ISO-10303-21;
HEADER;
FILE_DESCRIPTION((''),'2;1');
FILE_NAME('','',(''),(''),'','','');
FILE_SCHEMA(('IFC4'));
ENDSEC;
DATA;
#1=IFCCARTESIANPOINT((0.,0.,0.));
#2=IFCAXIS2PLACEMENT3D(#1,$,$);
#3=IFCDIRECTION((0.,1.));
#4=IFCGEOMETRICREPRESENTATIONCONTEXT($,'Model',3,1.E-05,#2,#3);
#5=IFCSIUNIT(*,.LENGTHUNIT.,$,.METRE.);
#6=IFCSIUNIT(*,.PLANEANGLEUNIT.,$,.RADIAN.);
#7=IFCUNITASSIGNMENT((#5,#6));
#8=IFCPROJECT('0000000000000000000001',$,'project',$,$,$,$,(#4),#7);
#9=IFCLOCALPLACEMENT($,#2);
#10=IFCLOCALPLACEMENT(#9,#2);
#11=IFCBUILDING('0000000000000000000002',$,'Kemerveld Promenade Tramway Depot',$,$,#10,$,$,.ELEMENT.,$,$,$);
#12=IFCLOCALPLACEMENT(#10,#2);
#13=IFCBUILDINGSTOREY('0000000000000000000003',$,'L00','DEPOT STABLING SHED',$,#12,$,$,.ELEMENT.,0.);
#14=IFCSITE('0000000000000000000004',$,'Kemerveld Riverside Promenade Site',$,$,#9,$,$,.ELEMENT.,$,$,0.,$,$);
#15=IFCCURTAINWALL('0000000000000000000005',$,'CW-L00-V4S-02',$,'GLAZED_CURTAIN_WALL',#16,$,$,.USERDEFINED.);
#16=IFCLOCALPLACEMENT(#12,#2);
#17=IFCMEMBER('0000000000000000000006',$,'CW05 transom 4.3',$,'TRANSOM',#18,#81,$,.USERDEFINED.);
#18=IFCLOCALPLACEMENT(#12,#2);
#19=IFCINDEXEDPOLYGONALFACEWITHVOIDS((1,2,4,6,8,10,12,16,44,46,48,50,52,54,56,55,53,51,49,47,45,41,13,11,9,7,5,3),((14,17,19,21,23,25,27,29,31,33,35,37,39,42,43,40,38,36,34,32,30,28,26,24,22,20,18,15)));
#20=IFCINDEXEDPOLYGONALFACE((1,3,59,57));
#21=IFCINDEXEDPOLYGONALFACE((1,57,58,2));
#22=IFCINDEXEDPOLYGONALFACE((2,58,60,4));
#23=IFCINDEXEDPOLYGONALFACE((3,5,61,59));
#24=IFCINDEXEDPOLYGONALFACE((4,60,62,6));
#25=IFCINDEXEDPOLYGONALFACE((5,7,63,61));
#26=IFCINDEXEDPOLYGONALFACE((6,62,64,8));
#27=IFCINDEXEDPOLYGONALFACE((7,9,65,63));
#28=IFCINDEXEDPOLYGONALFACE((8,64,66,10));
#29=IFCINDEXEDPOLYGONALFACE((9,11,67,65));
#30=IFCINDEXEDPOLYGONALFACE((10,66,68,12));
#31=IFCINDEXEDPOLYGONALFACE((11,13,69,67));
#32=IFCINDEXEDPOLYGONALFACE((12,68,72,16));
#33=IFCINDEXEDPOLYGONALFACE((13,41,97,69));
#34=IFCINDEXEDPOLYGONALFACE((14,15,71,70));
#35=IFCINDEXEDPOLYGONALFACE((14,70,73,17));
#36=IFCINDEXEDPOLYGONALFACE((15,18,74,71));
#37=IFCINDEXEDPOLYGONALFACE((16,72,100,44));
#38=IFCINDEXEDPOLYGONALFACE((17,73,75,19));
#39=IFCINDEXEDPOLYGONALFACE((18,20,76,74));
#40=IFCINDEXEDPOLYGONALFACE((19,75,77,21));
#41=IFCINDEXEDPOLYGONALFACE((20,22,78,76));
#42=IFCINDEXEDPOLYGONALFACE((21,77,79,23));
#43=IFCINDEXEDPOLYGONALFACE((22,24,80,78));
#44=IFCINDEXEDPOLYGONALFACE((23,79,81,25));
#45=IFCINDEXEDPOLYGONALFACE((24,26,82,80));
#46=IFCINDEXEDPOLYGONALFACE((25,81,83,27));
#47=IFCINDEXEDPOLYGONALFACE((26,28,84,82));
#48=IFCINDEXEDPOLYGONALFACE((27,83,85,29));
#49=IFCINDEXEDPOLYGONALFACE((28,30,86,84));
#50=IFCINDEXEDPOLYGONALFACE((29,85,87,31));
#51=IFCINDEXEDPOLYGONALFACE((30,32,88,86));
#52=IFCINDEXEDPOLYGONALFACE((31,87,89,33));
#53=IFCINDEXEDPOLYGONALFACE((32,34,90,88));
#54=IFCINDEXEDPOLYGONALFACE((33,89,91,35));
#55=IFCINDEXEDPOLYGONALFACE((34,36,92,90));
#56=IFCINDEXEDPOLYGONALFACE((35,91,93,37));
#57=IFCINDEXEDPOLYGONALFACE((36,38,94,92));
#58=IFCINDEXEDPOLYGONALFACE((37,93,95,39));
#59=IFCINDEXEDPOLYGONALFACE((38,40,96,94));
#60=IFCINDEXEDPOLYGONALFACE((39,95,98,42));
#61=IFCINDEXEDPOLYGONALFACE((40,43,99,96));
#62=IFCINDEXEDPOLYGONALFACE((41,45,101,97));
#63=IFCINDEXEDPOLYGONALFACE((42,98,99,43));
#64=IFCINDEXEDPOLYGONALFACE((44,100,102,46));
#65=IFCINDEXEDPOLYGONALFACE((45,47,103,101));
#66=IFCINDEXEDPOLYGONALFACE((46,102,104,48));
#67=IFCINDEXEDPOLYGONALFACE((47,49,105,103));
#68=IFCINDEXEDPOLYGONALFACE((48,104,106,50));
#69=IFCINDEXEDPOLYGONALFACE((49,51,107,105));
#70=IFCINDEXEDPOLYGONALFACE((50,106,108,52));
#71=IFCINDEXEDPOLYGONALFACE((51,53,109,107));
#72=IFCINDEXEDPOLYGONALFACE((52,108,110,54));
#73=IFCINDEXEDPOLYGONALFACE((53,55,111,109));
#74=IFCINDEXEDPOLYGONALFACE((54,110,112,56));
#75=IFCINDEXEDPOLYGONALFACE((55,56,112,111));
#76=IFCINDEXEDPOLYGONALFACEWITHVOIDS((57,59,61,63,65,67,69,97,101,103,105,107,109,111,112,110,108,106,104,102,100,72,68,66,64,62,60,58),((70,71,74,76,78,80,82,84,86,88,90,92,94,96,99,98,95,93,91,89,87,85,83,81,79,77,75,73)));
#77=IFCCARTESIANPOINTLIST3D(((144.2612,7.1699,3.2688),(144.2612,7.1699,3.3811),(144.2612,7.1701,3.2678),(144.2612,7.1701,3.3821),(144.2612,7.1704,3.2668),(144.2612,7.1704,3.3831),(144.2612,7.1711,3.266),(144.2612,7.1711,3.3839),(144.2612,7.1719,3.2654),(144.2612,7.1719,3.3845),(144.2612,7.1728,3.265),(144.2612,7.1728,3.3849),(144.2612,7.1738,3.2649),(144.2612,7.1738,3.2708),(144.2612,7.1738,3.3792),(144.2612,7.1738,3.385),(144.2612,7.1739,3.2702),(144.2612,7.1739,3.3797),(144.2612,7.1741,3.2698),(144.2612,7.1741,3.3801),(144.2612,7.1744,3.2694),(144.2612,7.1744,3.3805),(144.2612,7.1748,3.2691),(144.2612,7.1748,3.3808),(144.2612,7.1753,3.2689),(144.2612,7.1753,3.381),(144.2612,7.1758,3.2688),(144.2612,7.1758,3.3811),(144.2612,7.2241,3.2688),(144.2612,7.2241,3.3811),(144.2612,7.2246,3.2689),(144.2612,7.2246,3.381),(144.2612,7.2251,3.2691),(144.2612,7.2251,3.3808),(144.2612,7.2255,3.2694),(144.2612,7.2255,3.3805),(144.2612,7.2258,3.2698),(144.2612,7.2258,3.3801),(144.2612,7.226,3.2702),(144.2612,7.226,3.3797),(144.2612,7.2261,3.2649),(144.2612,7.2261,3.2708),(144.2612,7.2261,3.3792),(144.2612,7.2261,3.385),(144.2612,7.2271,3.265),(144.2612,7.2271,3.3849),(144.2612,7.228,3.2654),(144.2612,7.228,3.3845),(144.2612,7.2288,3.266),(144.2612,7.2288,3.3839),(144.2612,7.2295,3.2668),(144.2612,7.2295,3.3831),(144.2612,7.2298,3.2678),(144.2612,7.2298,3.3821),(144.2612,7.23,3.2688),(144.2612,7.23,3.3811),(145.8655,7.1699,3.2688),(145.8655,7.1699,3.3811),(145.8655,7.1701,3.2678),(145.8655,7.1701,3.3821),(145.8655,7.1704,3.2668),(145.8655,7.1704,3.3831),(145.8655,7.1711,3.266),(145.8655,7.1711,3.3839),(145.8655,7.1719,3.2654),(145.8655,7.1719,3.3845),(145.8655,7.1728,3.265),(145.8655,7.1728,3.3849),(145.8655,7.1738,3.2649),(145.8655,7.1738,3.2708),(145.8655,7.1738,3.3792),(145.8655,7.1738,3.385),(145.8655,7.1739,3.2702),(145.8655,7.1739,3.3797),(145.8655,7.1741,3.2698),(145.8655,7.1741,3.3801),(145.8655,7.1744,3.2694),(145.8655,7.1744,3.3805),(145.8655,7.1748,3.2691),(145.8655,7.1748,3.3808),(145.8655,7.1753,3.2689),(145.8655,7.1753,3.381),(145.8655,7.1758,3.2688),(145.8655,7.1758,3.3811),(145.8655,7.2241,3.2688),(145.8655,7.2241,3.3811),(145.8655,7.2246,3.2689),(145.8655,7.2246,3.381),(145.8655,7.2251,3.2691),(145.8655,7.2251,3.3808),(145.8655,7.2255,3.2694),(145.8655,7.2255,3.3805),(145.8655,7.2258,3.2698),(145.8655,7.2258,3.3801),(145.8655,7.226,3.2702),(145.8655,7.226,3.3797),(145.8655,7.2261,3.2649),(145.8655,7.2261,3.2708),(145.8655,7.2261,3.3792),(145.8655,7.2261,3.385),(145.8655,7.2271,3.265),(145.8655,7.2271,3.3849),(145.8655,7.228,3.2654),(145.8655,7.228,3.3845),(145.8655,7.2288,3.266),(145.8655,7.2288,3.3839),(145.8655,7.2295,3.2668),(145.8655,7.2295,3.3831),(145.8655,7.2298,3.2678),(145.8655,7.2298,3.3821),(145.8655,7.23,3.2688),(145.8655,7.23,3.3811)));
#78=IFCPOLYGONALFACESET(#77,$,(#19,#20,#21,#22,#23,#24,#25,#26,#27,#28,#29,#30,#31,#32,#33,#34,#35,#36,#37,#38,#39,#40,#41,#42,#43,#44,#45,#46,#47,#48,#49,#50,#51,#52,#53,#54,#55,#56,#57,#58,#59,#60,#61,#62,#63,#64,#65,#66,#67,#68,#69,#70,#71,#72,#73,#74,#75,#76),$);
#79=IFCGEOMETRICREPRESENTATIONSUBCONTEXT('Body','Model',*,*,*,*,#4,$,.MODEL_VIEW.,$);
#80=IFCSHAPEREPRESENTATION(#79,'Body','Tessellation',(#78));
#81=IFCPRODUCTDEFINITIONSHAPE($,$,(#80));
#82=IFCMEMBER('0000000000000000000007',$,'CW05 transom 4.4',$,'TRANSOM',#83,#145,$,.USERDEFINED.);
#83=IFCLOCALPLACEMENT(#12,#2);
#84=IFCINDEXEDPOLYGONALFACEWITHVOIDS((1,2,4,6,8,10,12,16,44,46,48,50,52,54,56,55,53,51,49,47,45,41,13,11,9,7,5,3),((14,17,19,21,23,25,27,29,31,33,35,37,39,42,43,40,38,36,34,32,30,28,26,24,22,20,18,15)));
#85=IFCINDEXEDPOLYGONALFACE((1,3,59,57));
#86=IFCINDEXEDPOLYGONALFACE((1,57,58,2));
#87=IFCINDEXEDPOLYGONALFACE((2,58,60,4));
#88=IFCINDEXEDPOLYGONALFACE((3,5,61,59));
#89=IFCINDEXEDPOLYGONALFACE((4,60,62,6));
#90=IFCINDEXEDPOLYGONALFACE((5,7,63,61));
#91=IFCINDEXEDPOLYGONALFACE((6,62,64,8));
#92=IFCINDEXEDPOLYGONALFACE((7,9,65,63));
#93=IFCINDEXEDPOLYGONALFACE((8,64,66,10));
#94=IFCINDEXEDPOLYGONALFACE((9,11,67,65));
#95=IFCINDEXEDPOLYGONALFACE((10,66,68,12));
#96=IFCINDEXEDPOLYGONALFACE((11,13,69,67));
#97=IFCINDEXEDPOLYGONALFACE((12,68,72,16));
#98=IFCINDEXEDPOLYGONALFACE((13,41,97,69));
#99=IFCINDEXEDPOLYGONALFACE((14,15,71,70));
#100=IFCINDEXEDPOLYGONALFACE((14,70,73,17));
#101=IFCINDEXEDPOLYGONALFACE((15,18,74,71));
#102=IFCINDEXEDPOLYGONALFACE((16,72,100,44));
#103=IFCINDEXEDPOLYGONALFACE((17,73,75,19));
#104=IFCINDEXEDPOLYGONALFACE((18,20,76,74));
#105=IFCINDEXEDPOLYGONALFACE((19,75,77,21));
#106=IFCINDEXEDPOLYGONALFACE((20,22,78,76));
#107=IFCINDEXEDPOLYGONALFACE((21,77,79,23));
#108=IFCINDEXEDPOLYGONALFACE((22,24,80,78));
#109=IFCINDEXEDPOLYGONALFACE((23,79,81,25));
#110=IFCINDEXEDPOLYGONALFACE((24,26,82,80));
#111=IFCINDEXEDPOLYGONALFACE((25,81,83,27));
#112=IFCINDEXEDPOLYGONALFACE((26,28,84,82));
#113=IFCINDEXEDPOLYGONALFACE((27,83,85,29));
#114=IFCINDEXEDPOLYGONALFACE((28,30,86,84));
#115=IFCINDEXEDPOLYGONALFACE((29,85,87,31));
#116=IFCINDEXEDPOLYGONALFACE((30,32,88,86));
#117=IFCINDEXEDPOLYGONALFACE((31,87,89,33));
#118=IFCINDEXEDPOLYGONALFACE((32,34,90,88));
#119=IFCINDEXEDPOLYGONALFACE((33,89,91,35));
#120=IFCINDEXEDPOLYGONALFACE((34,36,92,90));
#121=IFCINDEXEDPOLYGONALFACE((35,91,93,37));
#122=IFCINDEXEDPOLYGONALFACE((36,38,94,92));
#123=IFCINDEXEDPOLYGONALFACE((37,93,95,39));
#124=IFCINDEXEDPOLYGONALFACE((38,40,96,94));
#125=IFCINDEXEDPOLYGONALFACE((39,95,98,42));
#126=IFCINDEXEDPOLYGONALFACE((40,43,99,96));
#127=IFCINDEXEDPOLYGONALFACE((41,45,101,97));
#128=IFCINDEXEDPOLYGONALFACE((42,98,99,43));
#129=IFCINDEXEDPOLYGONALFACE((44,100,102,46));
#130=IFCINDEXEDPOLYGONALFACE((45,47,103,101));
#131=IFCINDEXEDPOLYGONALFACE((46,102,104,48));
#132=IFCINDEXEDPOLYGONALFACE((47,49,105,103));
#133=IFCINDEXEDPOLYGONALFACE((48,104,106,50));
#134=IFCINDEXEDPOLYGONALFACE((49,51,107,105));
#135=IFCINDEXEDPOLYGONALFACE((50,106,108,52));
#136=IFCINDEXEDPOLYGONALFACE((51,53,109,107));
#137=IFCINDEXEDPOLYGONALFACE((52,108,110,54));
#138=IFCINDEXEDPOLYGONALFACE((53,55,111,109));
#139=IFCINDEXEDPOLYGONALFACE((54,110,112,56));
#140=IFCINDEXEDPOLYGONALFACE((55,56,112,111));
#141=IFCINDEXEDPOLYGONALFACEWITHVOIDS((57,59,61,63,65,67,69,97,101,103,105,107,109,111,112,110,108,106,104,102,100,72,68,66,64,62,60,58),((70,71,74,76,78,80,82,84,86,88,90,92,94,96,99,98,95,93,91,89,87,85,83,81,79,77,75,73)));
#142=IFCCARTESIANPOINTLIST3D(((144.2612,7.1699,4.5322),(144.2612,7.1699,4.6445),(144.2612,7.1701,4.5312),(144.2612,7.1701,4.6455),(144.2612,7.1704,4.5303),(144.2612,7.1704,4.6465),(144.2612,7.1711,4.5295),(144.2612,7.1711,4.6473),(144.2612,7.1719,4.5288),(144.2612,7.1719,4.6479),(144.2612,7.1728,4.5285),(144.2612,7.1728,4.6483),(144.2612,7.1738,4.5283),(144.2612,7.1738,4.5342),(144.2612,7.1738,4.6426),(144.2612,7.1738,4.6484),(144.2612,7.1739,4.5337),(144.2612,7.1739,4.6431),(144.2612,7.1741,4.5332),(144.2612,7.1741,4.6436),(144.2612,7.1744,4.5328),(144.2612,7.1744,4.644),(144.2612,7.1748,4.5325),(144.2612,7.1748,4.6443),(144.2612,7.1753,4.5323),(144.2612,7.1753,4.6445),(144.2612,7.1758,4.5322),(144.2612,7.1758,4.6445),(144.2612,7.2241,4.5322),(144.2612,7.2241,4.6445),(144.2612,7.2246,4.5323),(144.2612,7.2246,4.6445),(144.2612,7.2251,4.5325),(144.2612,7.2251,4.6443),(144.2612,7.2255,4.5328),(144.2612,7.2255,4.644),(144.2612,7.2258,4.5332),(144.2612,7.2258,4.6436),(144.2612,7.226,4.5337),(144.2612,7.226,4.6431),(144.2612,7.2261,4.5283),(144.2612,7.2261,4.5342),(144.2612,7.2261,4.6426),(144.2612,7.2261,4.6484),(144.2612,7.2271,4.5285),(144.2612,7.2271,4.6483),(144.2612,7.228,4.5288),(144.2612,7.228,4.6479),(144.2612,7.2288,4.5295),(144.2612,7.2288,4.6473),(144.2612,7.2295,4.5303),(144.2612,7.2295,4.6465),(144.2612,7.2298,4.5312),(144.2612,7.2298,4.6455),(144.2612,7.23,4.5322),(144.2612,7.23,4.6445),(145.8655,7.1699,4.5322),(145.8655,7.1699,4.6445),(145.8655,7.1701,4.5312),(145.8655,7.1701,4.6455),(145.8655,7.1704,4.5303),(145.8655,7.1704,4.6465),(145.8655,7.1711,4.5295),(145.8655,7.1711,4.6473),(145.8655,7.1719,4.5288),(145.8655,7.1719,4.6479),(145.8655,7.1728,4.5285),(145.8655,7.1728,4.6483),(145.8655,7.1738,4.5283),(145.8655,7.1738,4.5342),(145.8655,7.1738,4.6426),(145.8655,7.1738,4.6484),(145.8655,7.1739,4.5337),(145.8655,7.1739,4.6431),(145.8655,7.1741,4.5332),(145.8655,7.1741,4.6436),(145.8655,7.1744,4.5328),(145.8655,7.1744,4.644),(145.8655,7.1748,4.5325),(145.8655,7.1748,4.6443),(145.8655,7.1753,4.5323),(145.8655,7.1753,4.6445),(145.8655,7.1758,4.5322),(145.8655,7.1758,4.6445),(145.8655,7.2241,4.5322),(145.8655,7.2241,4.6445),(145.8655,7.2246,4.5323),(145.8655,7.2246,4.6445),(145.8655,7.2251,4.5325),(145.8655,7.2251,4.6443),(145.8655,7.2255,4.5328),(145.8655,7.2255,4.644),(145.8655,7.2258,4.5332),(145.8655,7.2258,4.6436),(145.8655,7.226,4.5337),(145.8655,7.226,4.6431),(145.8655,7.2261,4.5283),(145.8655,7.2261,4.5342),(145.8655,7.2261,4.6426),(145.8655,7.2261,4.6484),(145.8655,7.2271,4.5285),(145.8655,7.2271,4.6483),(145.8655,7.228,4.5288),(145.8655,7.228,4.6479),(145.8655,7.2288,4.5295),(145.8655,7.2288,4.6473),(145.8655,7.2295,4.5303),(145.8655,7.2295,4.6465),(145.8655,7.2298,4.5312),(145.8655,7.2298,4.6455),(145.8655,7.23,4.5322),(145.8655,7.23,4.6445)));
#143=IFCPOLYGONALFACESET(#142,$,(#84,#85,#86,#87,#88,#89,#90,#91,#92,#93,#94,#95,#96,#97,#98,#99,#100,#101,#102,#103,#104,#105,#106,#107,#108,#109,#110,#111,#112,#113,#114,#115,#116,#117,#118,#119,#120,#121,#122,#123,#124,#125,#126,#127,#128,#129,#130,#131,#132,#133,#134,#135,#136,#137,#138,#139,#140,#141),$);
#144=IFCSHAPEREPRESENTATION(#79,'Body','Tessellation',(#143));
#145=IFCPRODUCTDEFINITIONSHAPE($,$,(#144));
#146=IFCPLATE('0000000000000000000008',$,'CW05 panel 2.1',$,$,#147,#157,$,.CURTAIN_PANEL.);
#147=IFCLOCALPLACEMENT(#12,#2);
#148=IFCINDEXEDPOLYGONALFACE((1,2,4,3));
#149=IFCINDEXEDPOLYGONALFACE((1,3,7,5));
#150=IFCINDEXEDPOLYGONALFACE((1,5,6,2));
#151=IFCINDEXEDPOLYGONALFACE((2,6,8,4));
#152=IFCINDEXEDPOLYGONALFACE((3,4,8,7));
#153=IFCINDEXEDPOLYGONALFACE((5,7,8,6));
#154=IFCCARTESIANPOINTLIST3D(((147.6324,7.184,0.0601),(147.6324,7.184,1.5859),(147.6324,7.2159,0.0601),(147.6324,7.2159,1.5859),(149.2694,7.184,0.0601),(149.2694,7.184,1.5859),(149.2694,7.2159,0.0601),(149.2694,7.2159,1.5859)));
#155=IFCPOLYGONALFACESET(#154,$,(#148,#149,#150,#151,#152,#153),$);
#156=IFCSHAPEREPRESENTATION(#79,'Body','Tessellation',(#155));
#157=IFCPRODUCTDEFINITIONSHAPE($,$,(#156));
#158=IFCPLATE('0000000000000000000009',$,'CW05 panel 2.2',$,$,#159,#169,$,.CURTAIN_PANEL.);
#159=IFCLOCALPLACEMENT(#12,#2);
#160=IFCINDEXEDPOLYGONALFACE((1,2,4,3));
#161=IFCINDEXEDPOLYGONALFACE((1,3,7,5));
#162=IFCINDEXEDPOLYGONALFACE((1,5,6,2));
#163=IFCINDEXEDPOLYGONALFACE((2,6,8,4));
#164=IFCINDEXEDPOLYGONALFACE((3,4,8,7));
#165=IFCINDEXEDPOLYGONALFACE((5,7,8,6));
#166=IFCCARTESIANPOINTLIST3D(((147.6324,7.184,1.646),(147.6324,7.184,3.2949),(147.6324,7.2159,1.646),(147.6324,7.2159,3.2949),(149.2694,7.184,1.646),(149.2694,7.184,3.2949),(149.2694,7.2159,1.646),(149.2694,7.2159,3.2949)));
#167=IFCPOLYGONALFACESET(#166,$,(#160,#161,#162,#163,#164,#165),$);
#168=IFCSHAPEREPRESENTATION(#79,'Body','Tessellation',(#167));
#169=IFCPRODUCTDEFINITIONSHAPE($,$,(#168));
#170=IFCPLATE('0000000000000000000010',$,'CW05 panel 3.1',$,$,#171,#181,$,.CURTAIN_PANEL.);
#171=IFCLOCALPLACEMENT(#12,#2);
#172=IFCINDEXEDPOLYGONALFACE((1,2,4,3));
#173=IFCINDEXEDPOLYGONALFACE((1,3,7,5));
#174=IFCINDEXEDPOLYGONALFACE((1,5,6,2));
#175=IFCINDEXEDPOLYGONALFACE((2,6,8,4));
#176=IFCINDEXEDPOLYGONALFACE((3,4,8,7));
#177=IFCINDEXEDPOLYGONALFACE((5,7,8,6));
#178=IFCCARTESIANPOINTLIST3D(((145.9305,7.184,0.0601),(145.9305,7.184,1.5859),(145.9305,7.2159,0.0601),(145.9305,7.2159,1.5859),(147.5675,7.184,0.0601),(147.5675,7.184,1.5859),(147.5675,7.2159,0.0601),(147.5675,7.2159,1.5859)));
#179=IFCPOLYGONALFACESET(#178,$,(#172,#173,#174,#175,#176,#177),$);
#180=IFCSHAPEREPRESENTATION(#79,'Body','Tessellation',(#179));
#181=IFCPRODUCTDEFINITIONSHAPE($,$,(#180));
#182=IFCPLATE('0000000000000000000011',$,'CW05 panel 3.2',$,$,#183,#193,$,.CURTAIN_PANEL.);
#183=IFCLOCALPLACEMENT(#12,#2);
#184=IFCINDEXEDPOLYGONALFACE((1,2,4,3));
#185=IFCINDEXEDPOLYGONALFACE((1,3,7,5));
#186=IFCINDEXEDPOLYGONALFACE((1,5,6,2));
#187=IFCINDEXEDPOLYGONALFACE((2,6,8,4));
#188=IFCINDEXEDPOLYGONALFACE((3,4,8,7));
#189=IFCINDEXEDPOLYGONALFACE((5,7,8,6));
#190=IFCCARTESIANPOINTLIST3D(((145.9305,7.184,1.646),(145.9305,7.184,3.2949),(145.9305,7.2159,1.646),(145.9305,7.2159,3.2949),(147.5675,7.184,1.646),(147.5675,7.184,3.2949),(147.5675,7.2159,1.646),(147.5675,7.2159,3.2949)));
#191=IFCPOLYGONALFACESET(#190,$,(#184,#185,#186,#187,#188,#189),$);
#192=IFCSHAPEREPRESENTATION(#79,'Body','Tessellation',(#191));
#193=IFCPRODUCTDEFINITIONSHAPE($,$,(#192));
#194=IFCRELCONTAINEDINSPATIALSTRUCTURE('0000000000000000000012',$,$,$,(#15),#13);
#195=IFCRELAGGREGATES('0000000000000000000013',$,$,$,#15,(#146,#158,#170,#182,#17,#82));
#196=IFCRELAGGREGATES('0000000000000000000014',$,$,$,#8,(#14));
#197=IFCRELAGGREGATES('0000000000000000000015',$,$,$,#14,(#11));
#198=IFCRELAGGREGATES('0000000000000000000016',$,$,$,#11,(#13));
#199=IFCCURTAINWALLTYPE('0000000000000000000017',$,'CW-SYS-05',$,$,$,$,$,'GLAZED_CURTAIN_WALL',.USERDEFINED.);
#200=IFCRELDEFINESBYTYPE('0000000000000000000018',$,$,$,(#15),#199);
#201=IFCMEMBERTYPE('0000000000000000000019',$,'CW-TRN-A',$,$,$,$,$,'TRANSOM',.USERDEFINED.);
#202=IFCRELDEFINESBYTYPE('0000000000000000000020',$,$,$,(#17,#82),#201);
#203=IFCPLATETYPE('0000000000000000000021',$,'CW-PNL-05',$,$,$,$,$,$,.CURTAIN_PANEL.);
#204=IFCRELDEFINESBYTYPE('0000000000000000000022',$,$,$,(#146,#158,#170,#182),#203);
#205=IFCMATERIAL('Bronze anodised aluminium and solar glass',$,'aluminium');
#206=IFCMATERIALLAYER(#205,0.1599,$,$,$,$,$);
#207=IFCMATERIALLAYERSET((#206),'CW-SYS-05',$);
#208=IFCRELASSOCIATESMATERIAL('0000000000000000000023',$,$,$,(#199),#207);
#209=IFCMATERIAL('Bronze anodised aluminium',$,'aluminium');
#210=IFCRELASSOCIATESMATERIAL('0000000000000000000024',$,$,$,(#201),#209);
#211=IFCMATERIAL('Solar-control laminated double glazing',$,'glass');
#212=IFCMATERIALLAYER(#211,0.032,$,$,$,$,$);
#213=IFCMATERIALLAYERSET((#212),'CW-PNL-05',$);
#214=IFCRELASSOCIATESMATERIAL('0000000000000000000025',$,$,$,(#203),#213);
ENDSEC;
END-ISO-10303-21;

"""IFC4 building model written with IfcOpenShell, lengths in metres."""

from ifc_helpers import new_model, si_unit, direction, frame, origin, origin_2d, place, context, subcontext, project, spatial, rectangle, hollow_rectangle, extrude, material, layer, layer_set, material_profile, profile_set, type_object, element, aggregate, save


model = new_model("IFC4")

# Units and contexts
model_context = context("Model", 3, precision=1e-05, world=origin(), true_north=direction((0.0, 1.0)))
body_context = subcontext(model_context, "Body", "Model", "MODEL_VIEW")
ifc_project = project(units=[si_unit("LENGTHUNIT", "METRE"), si_unit("PLANEANGLEUNIT", "RADIAN")], contexts=[model_context])

# Site, building, storey
site_placement = place(None, origin())
site = spatial("IfcSite", under=ifc_project, at=site_placement, Name="Kemerveld Riverside Promenade Site", CompositionType="ELEMENT", RefElevation=0.0)
building_placement = place(site_placement, origin())
building = spatial("IfcBuilding", under=site, at=building_placement, Name="Kemerveld Promenade Tramway Depot", CompositionType="ELEMENT")
storey_placement = place(building_placement, origin())
storey = spatial("IfcBuildingStorey", under=building, at=storey_placement, Name="L00", Description="DEPOT STABLING SHED", CompositionType="ELEMENT", Elevation=0.0)

# Curtain wall, members, plates
ifc_material_1 = material(Name="Bronze anodised aluminium and solar glass", Category="aluminium")
ifc_layer_1 = layer(ifc_material_1, 0.1599)
ifc_layer_set_1 = layer_set([ifc_layer_1], Name="CW-SYS-05")
curtain_wall_type = type_object("IfcCurtainWallType", Name="CW-SYS-05", ElementType="GLAZED_CURTAIN_WALL", PredefinedType="USERDEFINED", material=ifc_layer_set_1)
curtain_wall_placement = place(storey_placement, origin())
curtain_wall = element("IfcCurtainWall", 1, at=curtain_wall_placement, inside=storey, type_object=curtain_wall_type, Name="CW-L00-V4S-02", ObjectType="GLAZED_CURTAIN_WALL", PredefinedType="USERDEFINED")
ifc_material_2 = material(Name="Bronze anodised aluminium", Category="aluminium")
ifc_material_profile_1 = material_profile(ifc_material_2, hollow_rectangle(XDim=0.0601, YDim=0.1201, WallThickness=0.0039, InnerFilletRadius=0.002, OuterFilletRadius=0.0039, at=origin_2d()), Name="CW-TRN-120x60")
ifc_profile_set_1 = profile_set([ifc_material_profile_1], Name="Bronze anodised aluminium")
member_type_1 = type_object("IfcMemberType", Name="CW-TRN-A", ElementType="TRANSOM", PredefinedType="USERDEFINED", material=ifc_profile_set_1)
member_1_placement = place(storey_placement, frame((145.8655, 7.2, 3.325), z_axis=(-1.0, 0.0, 0.0), x_axis=(0.0, -1.0, 0.0)))
member_1 = element("IfcMember", 2, at=member_1_placement, type_object=member_type_1, Name="CW05 transom 4.3", ObjectType="TRANSOM", PredefinedType="USERDEFINED", context=body_context, shape_type="SweptSolid", body=[
    extrude(hollow_rectangle(XDim=0.0601, YDim=0.1201, WallThickness=0.0039, InnerFilletRadius=0.002, OuterFilletRadius=0.0039, at=origin_2d()), origin(), (0.0, 0.0, 1.0), 1.6042),
])
member_2_placement = place(storey_placement, frame((145.8655, 7.2, 4.5884), z_axis=(-1.0, 0.0, 0.0), x_axis=(0.0, -1.0, 0.0)))
member_2 = element("IfcMember", 3, at=member_2_placement, type_object=member_type_1, Name="CW05 transom 4.4", ObjectType="TRANSOM", PredefinedType="USERDEFINED", context=body_context, shape_type="SweptSolid", body=[
    extrude(hollow_rectangle(XDim=0.0601, YDim=0.1201, WallThickness=0.0039, InnerFilletRadius=0.002, OuterFilletRadius=0.0039, at=origin_2d()), origin(), (0.0, 0.0, 1.0), 1.6042),
])
ifc_material_3 = material(Name="Solar-control laminated double glazing", Category="glass")
ifc_layer_2 = layer(ifc_material_3, 0.032)
ifc_layer_set_2 = layer_set([ifc_layer_2], Name="CW-PNL-05")
plate_type = type_object("IfcPlateType", Name="CW-PNL-05", PredefinedType="CURTAIN_PANEL", material=ifc_layer_set_2)
plate_1_placement = place(storey_placement, frame((148.4509, 7.2, 0.0601), z_axis=(0.0, 0.0, 1.0), x_axis=(-1.0, 0.0, 0.0)))
plate_1 = element("IfcPlate", 4, at=plate_1_placement, type_object=plate_type, Name="CW05 panel 2.1", PredefinedType="CURTAIN_PANEL", context=body_context, shape_type="SweptSolid", body=[
    extrude(rectangle(XDim=1.637, YDim=0.032, at=origin_2d()), origin(), (0.0, 0.0, 1.0), 1.5259),
])
plate_2_placement = place(storey_placement, frame((148.4509, 7.2, 1.646), z_axis=(0.0, 0.0, 1.0), x_axis=(-1.0, 0.0, 0.0)))
plate_2 = element("IfcPlate", 5, at=plate_2_placement, type_object=plate_type, Name="CW05 panel 2.2", PredefinedType="CURTAIN_PANEL", context=body_context, shape_type="SweptSolid", body=[
    extrude(rectangle(XDim=1.637, YDim=0.032, at=origin_2d()), origin(), (0.0, 0.0, 1.0), 1.6489),
])
plate_3_placement = place(storey_placement, frame((146.749, 7.2, 0.0601), z_axis=(0.0, 0.0, 1.0), x_axis=(-1.0, 0.0, 0.0)))
plate_3 = element("IfcPlate", 6, at=plate_3_placement, type_object=plate_type, Name="CW05 panel 3.1", PredefinedType="CURTAIN_PANEL", context=body_context, shape_type="SweptSolid", body=[
    extrude(rectangle(XDim=1.637, YDim=0.032, at=origin_2d()), origin(), (0.0, 0.0, 1.0), 1.5259),
])
plate_4_placement = place(storey_placement, frame((146.749, 7.2, 1.646), z_axis=(0.0, 0.0, 1.0), x_axis=(-1.0, 0.0, 0.0)))
plate_4 = element("IfcPlate", 7, at=plate_4_placement, type_object=plate_type, Name="CW05 panel 3.2", PredefinedType="CURTAIN_PANEL", context=body_context, shape_type="SweptSolid", body=[
    extrude(rectangle(XDim=1.637, YDim=0.032, at=origin_2d()), origin(), (0.0, 0.0, 1.0), 1.6489),
])
aggregate(curtain_wall, [plate_1, plate_2, plate_3, plate_4, member_1, member_2])

save(model, "model.ifc")
